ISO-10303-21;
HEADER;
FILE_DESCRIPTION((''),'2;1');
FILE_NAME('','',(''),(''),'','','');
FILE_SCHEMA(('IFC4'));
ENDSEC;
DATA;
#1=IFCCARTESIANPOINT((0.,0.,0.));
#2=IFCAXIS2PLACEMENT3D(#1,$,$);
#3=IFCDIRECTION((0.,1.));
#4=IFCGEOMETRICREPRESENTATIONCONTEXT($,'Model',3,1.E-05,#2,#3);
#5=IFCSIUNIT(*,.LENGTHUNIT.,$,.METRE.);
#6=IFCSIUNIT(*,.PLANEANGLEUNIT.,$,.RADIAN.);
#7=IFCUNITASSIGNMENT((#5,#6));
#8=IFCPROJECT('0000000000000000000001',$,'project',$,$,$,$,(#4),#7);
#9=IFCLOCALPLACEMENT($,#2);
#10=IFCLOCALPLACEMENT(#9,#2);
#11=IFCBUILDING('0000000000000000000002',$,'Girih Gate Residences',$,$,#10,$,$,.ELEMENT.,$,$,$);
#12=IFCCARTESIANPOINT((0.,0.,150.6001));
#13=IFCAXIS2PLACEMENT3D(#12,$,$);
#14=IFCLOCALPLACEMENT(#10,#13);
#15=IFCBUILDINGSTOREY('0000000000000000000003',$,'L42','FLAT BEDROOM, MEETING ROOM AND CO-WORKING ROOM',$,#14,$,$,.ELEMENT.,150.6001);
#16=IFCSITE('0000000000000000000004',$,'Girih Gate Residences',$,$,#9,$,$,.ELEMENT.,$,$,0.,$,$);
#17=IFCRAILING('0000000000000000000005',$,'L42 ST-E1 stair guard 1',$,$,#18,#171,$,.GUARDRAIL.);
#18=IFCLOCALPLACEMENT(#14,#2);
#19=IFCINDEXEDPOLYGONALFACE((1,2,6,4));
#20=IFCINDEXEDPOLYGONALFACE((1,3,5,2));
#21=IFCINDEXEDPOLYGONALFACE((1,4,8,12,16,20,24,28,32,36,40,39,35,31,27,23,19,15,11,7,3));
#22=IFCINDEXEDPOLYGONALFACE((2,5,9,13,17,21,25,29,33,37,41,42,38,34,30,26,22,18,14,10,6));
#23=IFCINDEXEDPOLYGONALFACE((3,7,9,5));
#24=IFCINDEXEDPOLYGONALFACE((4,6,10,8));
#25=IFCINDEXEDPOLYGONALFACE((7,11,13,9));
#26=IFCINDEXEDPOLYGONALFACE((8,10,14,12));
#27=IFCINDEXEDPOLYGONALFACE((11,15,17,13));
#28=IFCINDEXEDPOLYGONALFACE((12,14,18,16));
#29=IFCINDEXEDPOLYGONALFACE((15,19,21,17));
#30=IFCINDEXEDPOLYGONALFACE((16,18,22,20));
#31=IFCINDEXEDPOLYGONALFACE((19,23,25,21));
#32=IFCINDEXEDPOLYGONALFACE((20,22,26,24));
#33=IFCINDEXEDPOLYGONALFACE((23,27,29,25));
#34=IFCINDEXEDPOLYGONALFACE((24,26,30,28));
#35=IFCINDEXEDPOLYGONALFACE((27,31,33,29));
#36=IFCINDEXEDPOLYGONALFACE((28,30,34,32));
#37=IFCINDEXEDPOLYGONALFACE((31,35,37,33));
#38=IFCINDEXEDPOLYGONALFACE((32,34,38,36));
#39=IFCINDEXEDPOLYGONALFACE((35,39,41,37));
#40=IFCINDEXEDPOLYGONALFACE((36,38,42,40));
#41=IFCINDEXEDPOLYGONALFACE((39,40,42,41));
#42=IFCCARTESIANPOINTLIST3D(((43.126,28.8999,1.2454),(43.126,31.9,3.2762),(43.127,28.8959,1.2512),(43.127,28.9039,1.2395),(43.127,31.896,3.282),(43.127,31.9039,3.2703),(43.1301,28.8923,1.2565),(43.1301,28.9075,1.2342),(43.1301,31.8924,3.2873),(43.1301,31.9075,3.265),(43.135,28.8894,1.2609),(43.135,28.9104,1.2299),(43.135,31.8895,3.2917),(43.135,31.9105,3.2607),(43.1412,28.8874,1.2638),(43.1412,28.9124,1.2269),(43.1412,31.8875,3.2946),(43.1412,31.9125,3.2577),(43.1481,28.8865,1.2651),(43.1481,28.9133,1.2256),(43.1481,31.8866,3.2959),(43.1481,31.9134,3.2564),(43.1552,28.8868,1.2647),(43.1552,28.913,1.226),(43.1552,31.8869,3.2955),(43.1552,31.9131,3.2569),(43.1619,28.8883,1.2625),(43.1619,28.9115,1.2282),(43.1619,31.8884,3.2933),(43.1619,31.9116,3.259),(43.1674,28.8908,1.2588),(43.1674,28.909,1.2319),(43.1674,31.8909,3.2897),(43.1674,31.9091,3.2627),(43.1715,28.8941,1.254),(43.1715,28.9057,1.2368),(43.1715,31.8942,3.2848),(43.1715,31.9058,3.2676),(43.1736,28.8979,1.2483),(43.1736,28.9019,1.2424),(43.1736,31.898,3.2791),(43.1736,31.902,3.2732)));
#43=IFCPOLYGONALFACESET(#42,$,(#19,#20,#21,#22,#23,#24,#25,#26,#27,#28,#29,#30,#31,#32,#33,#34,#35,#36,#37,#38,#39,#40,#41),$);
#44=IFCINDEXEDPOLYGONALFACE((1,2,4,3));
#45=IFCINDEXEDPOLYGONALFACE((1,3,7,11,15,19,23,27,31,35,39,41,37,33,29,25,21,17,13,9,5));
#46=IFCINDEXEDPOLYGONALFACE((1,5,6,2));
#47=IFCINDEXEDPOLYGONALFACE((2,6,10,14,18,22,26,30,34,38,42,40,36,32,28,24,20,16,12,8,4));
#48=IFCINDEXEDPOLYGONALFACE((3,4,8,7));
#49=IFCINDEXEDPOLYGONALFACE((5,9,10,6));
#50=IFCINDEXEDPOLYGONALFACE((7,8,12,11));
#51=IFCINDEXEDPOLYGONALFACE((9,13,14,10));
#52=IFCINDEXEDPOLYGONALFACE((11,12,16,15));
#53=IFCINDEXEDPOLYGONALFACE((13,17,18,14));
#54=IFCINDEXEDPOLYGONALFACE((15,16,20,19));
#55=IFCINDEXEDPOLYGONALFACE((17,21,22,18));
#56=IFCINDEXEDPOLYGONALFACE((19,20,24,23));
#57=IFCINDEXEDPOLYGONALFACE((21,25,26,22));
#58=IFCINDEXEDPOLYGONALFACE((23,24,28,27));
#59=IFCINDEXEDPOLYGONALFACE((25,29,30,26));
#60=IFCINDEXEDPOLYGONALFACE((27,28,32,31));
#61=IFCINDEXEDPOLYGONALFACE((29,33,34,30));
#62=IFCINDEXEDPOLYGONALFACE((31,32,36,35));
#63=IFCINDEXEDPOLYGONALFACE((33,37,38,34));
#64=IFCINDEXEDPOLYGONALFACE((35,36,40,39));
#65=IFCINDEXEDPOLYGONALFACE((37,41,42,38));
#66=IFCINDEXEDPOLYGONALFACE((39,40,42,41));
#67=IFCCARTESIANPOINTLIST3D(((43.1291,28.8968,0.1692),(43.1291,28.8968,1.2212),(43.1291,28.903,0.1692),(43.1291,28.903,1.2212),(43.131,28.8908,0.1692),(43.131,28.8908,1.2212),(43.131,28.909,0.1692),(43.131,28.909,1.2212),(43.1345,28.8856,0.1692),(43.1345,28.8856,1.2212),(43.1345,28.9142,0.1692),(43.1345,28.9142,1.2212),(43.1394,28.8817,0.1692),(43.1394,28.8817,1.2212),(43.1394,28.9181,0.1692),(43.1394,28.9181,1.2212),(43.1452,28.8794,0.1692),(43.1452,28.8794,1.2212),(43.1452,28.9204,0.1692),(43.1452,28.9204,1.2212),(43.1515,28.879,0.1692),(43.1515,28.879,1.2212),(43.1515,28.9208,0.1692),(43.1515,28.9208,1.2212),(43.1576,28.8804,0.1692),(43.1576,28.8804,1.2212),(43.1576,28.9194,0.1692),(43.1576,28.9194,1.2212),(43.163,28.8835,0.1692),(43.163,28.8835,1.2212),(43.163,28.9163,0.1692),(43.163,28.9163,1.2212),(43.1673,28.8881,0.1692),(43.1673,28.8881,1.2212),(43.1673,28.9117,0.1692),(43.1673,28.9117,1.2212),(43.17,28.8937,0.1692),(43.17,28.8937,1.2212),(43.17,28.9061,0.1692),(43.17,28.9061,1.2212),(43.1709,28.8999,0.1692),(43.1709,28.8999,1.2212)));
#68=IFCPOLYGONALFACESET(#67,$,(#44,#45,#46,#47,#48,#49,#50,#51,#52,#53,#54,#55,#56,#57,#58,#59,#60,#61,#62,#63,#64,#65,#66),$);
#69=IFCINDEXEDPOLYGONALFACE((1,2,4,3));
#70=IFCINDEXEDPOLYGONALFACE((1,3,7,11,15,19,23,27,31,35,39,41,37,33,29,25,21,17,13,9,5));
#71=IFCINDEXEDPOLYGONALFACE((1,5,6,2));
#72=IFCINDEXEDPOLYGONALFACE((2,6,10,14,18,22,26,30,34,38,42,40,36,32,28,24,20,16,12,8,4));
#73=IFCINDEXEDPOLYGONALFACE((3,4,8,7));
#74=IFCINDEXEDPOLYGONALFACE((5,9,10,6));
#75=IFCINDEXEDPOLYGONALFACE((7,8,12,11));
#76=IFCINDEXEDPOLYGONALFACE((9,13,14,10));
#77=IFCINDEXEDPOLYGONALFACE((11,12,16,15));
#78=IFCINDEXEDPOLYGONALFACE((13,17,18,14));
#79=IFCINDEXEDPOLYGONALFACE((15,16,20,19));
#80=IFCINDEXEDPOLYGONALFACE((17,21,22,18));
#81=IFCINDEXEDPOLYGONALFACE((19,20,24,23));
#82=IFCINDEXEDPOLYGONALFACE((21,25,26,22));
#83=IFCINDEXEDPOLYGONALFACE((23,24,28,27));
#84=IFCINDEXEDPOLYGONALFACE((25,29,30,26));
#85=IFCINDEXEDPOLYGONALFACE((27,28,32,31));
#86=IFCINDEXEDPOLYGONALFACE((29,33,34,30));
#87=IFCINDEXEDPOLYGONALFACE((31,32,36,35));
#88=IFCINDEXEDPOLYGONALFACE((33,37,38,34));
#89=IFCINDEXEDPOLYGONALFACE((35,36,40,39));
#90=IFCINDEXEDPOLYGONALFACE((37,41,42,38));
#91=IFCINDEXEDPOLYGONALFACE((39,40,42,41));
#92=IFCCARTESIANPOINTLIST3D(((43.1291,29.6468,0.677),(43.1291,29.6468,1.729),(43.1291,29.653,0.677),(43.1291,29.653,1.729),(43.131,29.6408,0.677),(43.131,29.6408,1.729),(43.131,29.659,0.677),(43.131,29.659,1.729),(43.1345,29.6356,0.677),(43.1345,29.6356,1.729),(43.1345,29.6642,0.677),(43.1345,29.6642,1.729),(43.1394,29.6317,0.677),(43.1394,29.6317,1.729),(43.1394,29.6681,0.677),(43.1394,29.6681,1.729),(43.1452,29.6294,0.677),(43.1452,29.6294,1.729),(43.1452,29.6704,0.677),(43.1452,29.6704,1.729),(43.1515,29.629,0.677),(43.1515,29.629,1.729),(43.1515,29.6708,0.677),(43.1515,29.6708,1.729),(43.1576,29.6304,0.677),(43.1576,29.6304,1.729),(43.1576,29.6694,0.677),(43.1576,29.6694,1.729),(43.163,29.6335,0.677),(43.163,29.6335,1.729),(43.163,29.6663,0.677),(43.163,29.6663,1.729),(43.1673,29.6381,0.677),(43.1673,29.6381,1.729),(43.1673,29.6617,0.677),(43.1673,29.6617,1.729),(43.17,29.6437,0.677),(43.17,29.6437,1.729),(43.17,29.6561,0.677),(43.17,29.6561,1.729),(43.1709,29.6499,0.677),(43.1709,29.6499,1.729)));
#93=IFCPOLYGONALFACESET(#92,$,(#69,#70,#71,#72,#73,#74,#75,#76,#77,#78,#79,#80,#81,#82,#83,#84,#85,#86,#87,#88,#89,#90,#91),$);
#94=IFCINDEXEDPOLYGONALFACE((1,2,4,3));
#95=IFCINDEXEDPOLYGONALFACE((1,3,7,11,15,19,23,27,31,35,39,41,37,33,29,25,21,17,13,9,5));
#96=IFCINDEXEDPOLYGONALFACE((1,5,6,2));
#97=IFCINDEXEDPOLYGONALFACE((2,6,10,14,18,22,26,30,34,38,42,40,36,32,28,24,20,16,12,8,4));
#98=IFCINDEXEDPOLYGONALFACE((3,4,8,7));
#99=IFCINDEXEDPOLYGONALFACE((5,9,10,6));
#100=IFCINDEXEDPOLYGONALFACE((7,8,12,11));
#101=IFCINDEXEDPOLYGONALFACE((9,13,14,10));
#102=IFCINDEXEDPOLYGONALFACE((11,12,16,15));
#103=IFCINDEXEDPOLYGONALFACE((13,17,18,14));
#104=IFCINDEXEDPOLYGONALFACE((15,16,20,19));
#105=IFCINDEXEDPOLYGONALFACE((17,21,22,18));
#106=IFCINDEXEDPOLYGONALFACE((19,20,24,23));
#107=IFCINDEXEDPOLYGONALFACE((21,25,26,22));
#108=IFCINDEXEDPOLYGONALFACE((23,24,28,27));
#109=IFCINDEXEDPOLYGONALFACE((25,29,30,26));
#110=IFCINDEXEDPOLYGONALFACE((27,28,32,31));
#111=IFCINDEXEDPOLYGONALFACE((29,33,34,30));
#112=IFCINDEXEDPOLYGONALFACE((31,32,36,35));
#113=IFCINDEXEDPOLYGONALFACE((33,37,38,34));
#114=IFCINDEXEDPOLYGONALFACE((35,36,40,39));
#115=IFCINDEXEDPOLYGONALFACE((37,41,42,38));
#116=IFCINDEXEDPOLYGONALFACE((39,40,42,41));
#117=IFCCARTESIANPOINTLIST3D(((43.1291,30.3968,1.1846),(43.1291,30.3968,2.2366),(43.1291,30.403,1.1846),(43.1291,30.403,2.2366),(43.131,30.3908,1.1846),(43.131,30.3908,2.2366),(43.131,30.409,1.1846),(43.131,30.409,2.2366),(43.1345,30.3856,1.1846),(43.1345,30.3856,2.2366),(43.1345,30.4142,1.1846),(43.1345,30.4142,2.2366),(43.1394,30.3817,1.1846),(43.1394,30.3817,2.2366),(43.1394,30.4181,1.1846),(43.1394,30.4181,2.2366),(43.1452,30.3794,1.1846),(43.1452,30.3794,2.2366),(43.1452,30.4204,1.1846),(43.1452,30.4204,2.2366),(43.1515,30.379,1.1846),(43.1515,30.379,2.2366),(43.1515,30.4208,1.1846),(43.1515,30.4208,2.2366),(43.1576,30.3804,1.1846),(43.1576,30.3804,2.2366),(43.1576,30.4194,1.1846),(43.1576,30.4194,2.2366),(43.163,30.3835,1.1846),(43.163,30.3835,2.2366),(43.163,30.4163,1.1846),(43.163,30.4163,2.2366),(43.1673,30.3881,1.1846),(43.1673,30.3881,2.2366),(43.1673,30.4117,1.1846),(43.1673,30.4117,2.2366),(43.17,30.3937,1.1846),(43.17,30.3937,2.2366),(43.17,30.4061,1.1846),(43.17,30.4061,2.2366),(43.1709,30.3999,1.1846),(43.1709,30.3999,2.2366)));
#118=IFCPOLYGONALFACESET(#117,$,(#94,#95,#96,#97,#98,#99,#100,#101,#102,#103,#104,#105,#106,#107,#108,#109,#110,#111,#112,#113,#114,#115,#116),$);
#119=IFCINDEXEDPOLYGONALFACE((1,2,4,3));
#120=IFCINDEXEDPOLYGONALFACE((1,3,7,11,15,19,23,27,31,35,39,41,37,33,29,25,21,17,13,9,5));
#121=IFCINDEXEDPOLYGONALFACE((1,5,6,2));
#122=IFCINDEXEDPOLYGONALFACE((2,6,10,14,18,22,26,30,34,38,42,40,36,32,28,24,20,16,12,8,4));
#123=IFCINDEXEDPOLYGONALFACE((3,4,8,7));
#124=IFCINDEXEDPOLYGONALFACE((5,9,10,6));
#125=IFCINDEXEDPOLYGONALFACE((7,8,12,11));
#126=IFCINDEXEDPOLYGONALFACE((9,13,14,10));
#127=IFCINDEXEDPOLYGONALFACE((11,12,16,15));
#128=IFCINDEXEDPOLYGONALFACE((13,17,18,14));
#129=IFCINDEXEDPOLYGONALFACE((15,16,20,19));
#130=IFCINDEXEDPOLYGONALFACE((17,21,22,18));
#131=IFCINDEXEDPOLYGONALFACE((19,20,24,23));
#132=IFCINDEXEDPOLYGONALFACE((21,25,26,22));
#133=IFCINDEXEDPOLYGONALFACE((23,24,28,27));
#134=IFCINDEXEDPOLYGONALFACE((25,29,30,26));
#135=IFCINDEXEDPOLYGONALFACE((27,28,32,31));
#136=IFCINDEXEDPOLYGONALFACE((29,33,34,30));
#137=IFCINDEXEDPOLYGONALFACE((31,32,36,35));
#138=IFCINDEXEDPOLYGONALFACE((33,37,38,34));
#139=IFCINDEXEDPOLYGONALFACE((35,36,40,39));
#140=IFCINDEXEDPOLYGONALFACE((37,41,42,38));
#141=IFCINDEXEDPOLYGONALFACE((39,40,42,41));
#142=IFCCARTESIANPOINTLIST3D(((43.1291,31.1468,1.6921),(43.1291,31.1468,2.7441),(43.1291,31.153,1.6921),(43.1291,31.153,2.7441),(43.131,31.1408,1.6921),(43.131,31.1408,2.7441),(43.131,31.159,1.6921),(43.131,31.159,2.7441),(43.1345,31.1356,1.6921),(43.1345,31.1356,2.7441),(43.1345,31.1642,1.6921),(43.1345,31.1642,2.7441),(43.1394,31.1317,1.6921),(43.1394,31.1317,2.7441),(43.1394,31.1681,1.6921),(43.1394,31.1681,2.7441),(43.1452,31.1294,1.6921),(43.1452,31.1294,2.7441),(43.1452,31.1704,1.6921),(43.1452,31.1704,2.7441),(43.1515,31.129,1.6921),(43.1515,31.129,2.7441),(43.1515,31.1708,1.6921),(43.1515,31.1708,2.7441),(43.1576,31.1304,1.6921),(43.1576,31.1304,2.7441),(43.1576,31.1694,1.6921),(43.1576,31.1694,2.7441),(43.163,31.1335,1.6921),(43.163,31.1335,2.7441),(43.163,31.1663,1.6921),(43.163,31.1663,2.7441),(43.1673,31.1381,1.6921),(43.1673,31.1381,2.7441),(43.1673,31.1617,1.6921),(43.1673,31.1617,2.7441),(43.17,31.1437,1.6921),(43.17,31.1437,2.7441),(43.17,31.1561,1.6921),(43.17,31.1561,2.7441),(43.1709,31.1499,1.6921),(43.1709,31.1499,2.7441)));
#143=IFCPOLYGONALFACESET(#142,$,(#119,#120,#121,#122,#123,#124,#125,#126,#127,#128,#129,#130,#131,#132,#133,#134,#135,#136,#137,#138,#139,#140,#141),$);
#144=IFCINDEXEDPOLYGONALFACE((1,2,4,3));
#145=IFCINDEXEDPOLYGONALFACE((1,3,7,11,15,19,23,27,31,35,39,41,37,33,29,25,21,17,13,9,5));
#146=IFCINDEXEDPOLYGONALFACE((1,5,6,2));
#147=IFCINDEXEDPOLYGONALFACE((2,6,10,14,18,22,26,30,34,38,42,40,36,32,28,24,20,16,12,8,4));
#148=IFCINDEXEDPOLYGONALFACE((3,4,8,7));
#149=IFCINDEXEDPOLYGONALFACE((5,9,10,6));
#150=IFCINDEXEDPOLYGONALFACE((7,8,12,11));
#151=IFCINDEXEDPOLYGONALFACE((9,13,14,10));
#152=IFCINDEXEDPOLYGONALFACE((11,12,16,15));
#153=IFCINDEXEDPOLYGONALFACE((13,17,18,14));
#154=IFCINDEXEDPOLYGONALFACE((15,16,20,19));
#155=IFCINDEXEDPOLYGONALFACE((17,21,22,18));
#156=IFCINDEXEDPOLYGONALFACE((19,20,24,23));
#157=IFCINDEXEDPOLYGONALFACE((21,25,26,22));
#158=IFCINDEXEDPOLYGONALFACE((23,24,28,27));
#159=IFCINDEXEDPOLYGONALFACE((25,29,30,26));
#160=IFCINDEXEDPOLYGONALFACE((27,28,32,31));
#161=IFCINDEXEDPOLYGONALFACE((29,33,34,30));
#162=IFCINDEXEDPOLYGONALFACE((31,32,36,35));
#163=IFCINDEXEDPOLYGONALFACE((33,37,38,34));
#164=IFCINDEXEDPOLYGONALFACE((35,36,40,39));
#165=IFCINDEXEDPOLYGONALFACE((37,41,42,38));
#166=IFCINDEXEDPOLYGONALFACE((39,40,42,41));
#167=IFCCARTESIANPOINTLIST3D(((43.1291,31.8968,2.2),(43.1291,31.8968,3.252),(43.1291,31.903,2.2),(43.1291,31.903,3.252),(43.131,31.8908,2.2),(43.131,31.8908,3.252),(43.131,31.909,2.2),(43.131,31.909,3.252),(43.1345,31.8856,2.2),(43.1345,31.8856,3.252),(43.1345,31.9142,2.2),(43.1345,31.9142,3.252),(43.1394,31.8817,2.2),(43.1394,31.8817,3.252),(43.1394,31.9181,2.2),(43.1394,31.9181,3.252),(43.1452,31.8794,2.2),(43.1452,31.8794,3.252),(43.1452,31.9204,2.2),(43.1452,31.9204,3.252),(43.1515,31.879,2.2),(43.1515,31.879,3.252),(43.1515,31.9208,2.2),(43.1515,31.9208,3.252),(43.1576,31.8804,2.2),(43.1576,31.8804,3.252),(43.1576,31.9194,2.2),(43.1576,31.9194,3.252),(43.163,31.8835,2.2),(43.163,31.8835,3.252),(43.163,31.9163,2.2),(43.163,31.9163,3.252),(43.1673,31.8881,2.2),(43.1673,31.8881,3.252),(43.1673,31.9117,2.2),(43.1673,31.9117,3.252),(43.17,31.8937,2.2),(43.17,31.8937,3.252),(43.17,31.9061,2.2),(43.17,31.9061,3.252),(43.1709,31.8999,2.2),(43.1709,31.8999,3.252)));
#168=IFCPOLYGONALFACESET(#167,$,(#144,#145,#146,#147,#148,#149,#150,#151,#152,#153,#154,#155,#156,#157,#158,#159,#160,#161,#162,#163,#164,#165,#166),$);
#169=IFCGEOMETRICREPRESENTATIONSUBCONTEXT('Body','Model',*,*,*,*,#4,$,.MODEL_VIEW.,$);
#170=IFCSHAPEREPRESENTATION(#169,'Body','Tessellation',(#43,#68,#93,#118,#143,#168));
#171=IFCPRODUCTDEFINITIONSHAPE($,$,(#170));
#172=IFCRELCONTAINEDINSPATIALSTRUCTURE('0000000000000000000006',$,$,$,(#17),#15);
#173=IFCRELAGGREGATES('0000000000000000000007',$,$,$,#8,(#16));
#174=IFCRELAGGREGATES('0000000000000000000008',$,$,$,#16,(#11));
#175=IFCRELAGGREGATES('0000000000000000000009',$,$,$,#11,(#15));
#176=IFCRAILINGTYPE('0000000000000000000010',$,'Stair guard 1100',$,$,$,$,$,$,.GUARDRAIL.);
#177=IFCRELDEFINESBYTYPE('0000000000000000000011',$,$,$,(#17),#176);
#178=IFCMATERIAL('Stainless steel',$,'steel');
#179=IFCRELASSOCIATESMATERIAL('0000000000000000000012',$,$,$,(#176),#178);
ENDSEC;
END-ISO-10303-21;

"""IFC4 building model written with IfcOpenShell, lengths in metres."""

from ifc_helpers import new_model, si_unit, direction, frame, origin, origin_2d, place, context, subcontext, project, spatial, circle, extrude, material, type_object, element, save


model = new_model("IFC4")

# Units and contexts
model_context = context("Model", 3, precision=1e-05, world=origin(), true_north=direction((0.0, 1.0)))
body_context = subcontext(model_context, "Body", "Model", "MODEL_VIEW")
ifc_project = project(units=[si_unit("LENGTHUNIT", "METRE"), si_unit("PLANEANGLEUNIT", "RADIAN")], contexts=[model_context])

# Site, building, storey
site_placement = place(None, origin())
site = spatial("IfcSite", under=ifc_project, at=site_placement, Name="Girih Gate Residences", CompositionType="ELEMENT", RefElevation=0.0)
building_placement = place(site_placement, origin())
building = spatial("IfcBuilding", under=site, at=building_placement, Name="Girih Gate Residences", CompositionType="ELEMENT")
storey_placement = place(building_placement, frame((0.0, 0.0, 150.6001)))
storey = spatial("IfcBuildingStorey", under=building, at=storey_placement, Name="L42", Description="FLAT BEDROOM, MEETING ROOM AND CO-WORKING ROOM", CompositionType="ELEMENT", Elevation=150.6001)

# Railing
ifc_material_1 = material(Name="Stainless steel", Category="steel")
railing_type_1 = type_object("IfcRailingType", Name="Stair guard 1100", PredefinedType="GUARDRAIL", material=ifc_material_1)
railing_1_placement = place(storey_placement, frame((43.1499, 28.8999, 0.1692)))
element("IfcRailing", 1, at=railing_1_placement, inside=storey, type_object=railing_type_1, Name="L42 ST-E1 stair guard 1", PredefinedType="GUARDRAIL", context=body_context, shape_type="SweptSolid", body=[
    extrude(circle(Radius=0.0239, at=origin_2d()), frame((0.0, 0.0, 1.0762), z_axis=(0.0, 0.82811, 0.560565), x_axis=(-1.0, 0.0, 0.0)), (0.0, 0.0, 1.0), 3.6228),
    extrude(circle(Radius=0.021, at=origin_2d()), origin(), (0.0, 0.0, 1.0), 1.052),
    extrude(circle(Radius=0.021, at=origin_2d()), frame((0.0, 0.75, 0.5078)), (0.0, 0.0, 1.0), 1.052),
    extrude(circle(Radius=0.021, at=origin_2d()), frame((0.0, 1.5, 1.0154)), (0.0, 0.0, 1.0), 1.052),
    extrude(circle(Radius=0.021, at=origin_2d()), frame((0.0, 2.25, 1.5229)), (0.0, 0.0, 1.0), 1.052),
    extrude(circle(Radius=0.021, at=origin_2d()), frame((0.0, 3.0, 2.0308)), (0.0, 0.0, 1.0), 1.052),
])

save(model, "model.ifc")
